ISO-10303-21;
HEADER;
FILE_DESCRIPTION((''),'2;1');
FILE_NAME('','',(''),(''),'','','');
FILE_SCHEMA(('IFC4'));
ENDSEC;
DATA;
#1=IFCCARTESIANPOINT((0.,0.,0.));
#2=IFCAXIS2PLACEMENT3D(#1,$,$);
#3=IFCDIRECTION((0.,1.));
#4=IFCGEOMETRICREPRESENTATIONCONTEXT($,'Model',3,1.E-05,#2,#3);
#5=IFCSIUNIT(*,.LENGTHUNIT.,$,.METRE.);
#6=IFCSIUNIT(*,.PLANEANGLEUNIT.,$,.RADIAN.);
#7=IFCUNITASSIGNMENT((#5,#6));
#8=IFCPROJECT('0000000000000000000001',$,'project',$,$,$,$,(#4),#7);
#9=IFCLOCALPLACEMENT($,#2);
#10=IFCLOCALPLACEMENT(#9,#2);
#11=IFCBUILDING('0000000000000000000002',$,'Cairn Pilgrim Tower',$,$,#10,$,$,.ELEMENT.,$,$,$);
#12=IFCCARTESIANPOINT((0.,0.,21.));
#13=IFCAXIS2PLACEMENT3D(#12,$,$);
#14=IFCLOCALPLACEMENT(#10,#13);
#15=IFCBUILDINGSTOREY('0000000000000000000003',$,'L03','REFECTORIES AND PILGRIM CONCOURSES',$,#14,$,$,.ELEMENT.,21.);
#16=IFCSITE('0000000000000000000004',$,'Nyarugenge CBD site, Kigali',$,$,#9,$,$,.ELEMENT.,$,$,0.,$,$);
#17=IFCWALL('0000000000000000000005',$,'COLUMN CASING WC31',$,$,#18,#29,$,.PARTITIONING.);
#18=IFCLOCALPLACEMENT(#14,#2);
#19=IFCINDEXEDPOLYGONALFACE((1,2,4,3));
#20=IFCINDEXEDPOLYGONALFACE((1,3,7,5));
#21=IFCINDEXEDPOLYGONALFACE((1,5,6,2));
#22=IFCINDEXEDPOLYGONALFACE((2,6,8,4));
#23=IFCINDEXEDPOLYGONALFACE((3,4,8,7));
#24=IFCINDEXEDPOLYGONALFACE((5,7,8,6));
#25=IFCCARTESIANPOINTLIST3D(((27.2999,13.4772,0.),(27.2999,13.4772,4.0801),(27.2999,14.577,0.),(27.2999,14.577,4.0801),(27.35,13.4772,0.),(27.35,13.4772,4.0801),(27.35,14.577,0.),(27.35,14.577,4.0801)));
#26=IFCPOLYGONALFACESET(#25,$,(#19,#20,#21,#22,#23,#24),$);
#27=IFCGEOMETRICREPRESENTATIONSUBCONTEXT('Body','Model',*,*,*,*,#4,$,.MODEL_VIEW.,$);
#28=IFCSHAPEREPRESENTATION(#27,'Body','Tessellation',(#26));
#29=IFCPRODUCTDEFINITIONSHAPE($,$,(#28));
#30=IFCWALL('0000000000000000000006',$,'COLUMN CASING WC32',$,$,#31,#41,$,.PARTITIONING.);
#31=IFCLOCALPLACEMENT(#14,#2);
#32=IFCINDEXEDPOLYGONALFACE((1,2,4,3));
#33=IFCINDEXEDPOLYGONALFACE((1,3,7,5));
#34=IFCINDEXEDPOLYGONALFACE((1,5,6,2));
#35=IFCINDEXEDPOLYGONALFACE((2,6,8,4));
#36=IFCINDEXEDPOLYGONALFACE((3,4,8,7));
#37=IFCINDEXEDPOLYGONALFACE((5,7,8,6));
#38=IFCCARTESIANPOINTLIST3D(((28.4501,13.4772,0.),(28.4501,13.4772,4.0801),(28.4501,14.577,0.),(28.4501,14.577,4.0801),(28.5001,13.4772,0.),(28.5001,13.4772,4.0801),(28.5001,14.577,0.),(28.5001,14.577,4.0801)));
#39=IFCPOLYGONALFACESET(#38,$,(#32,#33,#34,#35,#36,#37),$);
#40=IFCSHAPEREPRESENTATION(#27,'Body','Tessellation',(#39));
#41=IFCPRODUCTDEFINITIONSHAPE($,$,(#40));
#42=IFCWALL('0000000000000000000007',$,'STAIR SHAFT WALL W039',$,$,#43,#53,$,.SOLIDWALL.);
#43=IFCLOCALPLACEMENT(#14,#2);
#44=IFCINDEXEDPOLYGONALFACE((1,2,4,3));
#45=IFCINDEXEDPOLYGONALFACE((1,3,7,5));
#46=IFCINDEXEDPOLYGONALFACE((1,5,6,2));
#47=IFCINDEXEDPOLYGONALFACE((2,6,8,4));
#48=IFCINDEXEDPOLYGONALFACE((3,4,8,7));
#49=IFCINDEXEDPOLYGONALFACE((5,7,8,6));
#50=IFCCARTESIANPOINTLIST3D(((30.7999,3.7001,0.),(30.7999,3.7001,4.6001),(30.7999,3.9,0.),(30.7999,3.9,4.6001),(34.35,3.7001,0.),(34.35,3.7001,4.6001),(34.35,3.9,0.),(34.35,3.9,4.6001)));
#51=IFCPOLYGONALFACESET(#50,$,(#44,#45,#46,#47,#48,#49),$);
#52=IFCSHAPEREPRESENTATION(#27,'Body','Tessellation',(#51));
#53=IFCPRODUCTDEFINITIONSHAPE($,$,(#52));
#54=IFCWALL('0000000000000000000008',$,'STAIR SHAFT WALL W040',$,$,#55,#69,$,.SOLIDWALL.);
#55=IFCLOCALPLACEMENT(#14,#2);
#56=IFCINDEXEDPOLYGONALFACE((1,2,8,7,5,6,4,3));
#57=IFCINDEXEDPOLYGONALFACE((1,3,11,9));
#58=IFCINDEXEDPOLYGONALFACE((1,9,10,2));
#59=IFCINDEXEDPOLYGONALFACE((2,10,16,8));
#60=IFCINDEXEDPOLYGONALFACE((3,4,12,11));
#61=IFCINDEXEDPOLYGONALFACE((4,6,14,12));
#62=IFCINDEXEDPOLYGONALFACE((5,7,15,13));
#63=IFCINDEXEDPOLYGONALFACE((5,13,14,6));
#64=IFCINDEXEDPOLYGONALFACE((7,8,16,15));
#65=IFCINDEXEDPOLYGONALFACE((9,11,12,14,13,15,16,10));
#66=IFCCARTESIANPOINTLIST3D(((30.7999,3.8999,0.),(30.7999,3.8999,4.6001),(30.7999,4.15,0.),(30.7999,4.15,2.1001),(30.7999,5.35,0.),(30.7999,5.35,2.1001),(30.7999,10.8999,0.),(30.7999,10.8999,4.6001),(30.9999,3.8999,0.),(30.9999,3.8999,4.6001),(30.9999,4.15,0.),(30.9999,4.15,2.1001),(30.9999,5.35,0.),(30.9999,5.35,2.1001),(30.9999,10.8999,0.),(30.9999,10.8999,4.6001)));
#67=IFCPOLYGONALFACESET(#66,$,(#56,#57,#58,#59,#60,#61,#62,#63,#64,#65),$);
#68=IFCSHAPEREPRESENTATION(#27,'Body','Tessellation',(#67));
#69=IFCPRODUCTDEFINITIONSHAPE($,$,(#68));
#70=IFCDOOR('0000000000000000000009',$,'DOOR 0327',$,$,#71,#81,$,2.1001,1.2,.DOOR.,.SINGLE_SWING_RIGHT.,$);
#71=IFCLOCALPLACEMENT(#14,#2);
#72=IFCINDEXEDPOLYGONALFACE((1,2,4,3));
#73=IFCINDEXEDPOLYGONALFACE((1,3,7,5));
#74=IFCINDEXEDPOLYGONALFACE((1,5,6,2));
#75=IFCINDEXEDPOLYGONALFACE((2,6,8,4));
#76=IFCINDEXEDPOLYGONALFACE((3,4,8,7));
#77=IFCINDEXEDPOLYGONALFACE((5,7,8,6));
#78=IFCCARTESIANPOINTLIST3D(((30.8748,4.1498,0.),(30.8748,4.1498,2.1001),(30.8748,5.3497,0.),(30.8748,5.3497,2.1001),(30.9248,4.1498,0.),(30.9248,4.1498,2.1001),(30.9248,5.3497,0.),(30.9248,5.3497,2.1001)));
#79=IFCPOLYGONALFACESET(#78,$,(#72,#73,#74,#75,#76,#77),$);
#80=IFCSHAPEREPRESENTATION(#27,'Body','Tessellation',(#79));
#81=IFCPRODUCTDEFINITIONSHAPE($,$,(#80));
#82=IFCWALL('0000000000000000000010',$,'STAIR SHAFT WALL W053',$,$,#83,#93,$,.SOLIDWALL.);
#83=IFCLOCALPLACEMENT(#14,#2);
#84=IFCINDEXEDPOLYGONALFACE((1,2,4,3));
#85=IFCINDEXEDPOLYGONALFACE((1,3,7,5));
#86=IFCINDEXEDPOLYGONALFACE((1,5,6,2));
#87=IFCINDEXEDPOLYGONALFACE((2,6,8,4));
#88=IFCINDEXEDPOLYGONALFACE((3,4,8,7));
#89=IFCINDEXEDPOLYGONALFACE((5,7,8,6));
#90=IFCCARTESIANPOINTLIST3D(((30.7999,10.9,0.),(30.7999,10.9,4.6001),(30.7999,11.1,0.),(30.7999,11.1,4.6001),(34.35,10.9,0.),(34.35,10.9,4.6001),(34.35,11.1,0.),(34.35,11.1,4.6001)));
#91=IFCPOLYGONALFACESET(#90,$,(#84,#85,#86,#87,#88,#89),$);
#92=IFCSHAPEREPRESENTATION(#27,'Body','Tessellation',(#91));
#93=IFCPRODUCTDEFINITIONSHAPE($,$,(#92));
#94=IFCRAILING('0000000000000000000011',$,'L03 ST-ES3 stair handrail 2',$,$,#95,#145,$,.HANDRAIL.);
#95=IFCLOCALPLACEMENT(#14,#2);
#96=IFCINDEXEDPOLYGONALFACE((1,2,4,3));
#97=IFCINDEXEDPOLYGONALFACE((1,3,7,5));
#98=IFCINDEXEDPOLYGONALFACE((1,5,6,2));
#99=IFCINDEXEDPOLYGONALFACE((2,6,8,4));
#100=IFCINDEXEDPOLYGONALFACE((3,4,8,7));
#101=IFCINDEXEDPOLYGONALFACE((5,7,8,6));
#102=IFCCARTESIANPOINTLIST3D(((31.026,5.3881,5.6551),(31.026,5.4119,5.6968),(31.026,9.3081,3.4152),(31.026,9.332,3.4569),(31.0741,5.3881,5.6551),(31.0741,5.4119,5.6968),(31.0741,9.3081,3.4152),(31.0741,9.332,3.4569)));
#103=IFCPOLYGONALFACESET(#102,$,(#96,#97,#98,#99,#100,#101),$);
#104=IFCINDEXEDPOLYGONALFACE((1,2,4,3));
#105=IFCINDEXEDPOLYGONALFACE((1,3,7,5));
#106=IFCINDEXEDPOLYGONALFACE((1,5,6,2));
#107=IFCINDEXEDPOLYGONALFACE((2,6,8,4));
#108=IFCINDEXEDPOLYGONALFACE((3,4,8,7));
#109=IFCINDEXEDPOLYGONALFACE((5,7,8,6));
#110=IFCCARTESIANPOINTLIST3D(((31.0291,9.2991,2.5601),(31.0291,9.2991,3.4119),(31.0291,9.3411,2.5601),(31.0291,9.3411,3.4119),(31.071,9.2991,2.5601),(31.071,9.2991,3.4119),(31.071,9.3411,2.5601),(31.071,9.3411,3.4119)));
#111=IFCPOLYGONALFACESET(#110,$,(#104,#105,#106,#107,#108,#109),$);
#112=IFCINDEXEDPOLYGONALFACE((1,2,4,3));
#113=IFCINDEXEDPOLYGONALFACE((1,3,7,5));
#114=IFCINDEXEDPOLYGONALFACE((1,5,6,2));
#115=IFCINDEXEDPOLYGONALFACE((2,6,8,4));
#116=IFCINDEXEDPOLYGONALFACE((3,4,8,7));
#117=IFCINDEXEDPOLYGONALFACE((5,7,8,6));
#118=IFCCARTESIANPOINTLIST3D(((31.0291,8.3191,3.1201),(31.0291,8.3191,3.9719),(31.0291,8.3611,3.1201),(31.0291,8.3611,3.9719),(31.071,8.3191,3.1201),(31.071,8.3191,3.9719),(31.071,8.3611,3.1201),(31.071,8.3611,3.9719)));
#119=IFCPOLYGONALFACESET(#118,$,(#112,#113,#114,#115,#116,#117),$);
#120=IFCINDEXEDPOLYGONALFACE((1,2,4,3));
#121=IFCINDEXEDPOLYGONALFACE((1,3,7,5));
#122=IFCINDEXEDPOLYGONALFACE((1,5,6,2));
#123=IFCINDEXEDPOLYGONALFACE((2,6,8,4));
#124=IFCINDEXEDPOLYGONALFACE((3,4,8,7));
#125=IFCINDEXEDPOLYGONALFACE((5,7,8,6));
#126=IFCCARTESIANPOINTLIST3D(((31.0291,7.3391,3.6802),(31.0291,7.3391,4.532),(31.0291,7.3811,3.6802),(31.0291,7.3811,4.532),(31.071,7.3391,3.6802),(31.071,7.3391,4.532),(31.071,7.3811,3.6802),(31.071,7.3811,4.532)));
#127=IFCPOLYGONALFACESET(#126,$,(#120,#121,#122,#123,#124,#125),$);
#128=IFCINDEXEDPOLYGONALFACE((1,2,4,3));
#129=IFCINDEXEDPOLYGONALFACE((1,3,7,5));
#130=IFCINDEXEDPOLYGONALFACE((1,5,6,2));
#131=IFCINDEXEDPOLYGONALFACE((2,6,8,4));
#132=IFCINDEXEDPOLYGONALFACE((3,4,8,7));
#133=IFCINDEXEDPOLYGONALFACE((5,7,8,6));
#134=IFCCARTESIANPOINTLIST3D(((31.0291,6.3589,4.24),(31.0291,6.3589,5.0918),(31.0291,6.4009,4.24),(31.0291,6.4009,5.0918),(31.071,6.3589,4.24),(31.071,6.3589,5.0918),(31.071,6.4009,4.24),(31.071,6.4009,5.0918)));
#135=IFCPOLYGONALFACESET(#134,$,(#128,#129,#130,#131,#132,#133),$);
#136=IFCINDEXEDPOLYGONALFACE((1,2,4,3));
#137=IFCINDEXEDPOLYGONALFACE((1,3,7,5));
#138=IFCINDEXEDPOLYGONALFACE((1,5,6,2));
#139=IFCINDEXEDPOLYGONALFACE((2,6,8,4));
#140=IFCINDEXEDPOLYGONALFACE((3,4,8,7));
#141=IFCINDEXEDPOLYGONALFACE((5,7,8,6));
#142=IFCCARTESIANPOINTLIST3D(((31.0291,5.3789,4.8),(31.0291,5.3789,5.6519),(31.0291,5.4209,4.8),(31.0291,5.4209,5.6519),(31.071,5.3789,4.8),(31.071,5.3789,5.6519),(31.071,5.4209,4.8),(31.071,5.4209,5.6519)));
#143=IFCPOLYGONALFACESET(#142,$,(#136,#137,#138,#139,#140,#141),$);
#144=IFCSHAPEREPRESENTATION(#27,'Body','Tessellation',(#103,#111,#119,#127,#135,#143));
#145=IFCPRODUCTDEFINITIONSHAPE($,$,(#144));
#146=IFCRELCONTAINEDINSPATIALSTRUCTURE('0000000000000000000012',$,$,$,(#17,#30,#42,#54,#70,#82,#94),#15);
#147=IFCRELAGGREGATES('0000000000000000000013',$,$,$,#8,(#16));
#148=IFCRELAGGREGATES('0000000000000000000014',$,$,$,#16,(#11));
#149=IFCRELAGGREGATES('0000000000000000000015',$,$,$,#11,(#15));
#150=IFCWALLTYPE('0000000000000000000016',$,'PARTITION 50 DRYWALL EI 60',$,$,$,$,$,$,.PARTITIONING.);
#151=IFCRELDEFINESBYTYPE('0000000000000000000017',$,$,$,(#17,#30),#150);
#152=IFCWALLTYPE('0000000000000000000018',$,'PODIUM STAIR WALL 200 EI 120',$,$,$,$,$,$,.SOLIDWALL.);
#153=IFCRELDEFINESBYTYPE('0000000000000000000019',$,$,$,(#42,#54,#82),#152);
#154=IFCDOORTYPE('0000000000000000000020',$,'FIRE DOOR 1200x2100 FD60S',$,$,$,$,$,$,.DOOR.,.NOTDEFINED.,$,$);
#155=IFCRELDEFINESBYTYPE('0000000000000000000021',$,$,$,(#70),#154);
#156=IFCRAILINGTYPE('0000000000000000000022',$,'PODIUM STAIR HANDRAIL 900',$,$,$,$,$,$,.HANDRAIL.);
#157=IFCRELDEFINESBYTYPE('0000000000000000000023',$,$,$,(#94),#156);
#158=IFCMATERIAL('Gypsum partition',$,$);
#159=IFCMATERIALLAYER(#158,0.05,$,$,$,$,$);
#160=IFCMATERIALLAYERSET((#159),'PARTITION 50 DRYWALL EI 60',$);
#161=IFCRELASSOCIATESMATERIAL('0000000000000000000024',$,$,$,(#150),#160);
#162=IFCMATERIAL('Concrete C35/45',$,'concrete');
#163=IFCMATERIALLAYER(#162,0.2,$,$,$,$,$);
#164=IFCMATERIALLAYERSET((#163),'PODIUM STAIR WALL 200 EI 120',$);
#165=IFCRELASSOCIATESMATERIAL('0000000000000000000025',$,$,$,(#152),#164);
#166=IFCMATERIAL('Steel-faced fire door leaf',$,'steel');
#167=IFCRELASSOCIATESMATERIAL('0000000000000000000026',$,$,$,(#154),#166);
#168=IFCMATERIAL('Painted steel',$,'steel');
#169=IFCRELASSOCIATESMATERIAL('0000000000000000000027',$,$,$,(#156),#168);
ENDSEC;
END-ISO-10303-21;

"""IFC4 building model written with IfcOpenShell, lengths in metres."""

from ifc_helpers import new_model, si_unit, direction, frame, frame_2d, origin, origin_2d, place, context, subcontext, project, spatial, rectangle, extrude, material, layer, layer_set, type_object, element, fill, save


model = new_model("IFC4")

# Units and contexts
model_context = context("Model", 3, precision=1e-05, world=origin(), true_north=direction((0.0, 1.0)))
body_context = subcontext(model_context, "Body", "Model", "MODEL_VIEW")
ifc_project = project(units=[si_unit("LENGTHUNIT", "METRE"), si_unit("PLANEANGLEUNIT", "RADIAN")], contexts=[model_context])

# Site, building, storey
site_placement = place(None, origin())
site = spatial("IfcSite", under=ifc_project, at=site_placement, Name="Nyarugenge CBD site, Kigali", CompositionType="ELEMENT", RefElevation=0.0)
building_placement = place(site_placement, origin())
building = spatial("IfcBuilding", under=site, at=building_placement, Name="Cairn Pilgrim Tower", CompositionType="ELEMENT")
storey_placement = place(building_placement, frame((0.0, 0.0, 21.0)))
storey = spatial("IfcBuildingStorey", under=building, at=storey_placement, Name="L03", Description="REFECTORIES AND PILGRIM CONCOURSES", CompositionType="ELEMENT", Elevation=21.0)

# Walls
ifc_material_1 = material(Name="Gypsum partition")
ifc_layer_1 = layer(ifc_material_1, 0.05)
ifc_layer_set_1 = layer_set([ifc_layer_1], Name="PARTITION 50 DRYWALL EI 60")
wall_type_1 = type_object("IfcWallType", Name="PARTITION 50 DRYWALL EI 60", PredefinedType="PARTITIONING", material=ifc_layer_set_1)
for number, where, z_axis, x_axis, name in (
    (1, (27.325, 13.4773, 0.0), (0.0, 0.0, 1.0), (0.0, 1.0, 0.0), "COLUMN CASING WC31"),
    (2, (28.4751, 13.4773, 0.0), (0.0, 0.0, 1.0), (0.0, 1.0, 0.0), "COLUMN CASING WC32"),
):
    element("IfcWall", number, at=place(storey_placement, frame(where, z_axis=z_axis, x_axis=x_axis)), inside=storey, type_object=wall_type_1, Name=name, PredefinedType="PARTITIONING", context=body_context, shape_type="SweptSolid", body=[
        extrude(rectangle(XDim=1.0999, YDim=0.05, at=frame_2d((0.5498, 0.0))), origin(), (0.0, 0.0, 1.0), 4.0801),
    ])
ifc_material_2 = material(Name="Concrete C35/45", Category="concrete")
ifc_layer_2 = layer(ifc_material_2, 0.2)
ifc_layer_set_2 = layer_set([ifc_layer_2], Name="PODIUM STAIR WALL 200 EI 120")
wall_type_2 = type_object("IfcWallType", Name="PODIUM STAIR WALL 200 EI 120", PredefinedType="SOLIDWALL", material=ifc_layer_set_2)
wall_1_placement = place(storey_placement, frame((30.8, 3.8, 0.0), z_axis=(0.0, 0.0, 1.0), x_axis=(1.0, 0.0, 0.0)))
element("IfcWall", 3, at=wall_1_placement, inside=storey, type_object=wall_type_2, Name="STAIR SHAFT WALL W039", PredefinedType="SOLIDWALL", context=body_context, shape_type="SweptSolid", body=[
    extrude(rectangle(XDim=3.55, YDim=0.2, at=frame_2d((1.7749, 0.0))), origin(), (0.0, 0.0, 1.0), 4.6001),
])

# Wall, opening, door
wall_2_placement = place(storey_placement, frame((30.8999, 3.8999, 0.0), z_axis=(0.0, 0.0, 1.0), x_axis=(0.0, 1.0, 0.0)))
wall_2 = element("IfcWall", 4, at=wall_2_placement, inside=storey, type_object=wall_type_2, Name="STAIR SHAFT WALL W040", PredefinedType="SOLIDWALL", context=body_context, shape_type="SweptSolid", body=[
    extrude(rectangle(XDim=7.0, YDim=0.2, at=frame_2d((3.5, 0.0))), origin(), (0.0, 0.0, 1.0), 4.6001),
])
opening_placement = place(wall_2_placement, frame((0.25, 0.0, 0.0)))
opening = element("IfcOpeningElement", 5, at=opening_placement, cuts=wall_2, PredefinedType="OPENING", context=body_context, shape_type="SweptSolid", body=[
    extrude(rectangle(XDim=1.2, YDim=2.1001, at=frame_2d((0.6001, 1.05))), frame((0.0, 0.1099, 0.0), z_axis=(0.0, -1.0, 0.0), x_axis=(1.0, 0.0, 0.0)), (0.0, 0.0, 1.0), 0.22),
])
ifc_material_3 = material(Name="Steel-faced fire door leaf", Category="steel")
door_type = type_object("IfcDoorType", Name="FIRE DOOR 1200x2100 FD60S", OperationType="NOTDEFINED", PredefinedType="DOOR", material=ifc_material_3)
door_placement = place(opening_placement, frame((1.2, 0.0, 0.0), z_axis=(0.0, 0.0, 1.0), x_axis=(-1.0, 0.0, 0.0)))
door = element("IfcDoor", 6, at=door_placement, inside=storey, type_object=door_type, Name="DOOR 0327", OperationType="SINGLE_SWING_RIGHT", OverallHeight=2.1001, OverallWidth=1.2, PredefinedType="DOOR", context=body_context, shape_type="SweptSolid", body=[
    extrude(rectangle(XDim=1.2, YDim=2.1001, at=frame_2d((0.6001, 1.05))), frame((0.0, 0.0249, 0.0), z_axis=(0.0, -1.0, 0.0), x_axis=(1.0, 0.0, 0.0)), (0.0, 0.0, 1.0), 0.05),
])
fill(opening, door)

# Wall
wall_3_placement = place(storey_placement, frame((30.8, 11.0, 0.0), z_axis=(0.0, 0.0, 1.0), x_axis=(1.0, 0.0, 0.0)))
element("IfcWall", 7, at=wall_3_placement, inside=storey, type_object=wall_type_2, Name="STAIR SHAFT WALL W053", PredefinedType="SOLIDWALL", context=body_context, shape_type="SweptSolid", body=[
    extrude(rectangle(XDim=3.55, YDim=0.2, at=frame_2d((1.7749, 0.0))), origin(), (0.0, 0.0, 1.0), 4.6001),
])

# Railing
ifc_material_4 = material(Name="Painted steel", Category="steel")
railing_type = type_object("IfcRailingType", Name="PODIUM STAIR HANDRAIL 900", PredefinedType="HANDRAIL", material=ifc_material_4)
railing_placement = place(storey_placement, frame((31.05, 9.3201, 2.5601)))
element("IfcRailing", 8, at=railing_placement, inside=storey, type_object=railing_type, Name="L03 ST-ES3 stair handrail 2", PredefinedType="HANDRAIL", context=body_context, shape_type="SweptSolid", body=[
    extrude(rectangle(XDim=0.0481, YDim=0.0481, at=origin_2d()), frame((0.0, 0.0, 0.876), z_axis=(0.0, -0.868253, 0.496121), x_axis=(1.0, 0.0, 0.0)), (0.0, 0.0, 1.0), 4.5149),
    extrude(rectangle(XDim=0.042, YDim=0.042, at=origin_2d()), origin(), (0.0, 0.0, 1.0), 0.8518),
    extrude(rectangle(XDim=0.042, YDim=0.042, at=origin_2d()), frame((0.0, -0.98, 0.5601)), (0.0, 0.0, 1.0), 0.8518),
    extrude(rectangle(XDim=0.042, YDim=0.042, at=origin_2d()), frame((0.0, -1.96, 1.1201)), (0.0, 0.0, 1.0), 0.8518),
    extrude(rectangle(XDim=0.042, YDim=0.042, at=origin_2d()), frame((0.0, -2.9402, 1.6799)), (0.0, 0.0, 1.0), 0.8518),
    extrude(rectangle(XDim=0.042, YDim=0.042, at=origin_2d()), frame((0.0, -3.9202, 2.24)), (0.0, 0.0, 1.0), 0.8518),
])

save(model, "model.ifc")
